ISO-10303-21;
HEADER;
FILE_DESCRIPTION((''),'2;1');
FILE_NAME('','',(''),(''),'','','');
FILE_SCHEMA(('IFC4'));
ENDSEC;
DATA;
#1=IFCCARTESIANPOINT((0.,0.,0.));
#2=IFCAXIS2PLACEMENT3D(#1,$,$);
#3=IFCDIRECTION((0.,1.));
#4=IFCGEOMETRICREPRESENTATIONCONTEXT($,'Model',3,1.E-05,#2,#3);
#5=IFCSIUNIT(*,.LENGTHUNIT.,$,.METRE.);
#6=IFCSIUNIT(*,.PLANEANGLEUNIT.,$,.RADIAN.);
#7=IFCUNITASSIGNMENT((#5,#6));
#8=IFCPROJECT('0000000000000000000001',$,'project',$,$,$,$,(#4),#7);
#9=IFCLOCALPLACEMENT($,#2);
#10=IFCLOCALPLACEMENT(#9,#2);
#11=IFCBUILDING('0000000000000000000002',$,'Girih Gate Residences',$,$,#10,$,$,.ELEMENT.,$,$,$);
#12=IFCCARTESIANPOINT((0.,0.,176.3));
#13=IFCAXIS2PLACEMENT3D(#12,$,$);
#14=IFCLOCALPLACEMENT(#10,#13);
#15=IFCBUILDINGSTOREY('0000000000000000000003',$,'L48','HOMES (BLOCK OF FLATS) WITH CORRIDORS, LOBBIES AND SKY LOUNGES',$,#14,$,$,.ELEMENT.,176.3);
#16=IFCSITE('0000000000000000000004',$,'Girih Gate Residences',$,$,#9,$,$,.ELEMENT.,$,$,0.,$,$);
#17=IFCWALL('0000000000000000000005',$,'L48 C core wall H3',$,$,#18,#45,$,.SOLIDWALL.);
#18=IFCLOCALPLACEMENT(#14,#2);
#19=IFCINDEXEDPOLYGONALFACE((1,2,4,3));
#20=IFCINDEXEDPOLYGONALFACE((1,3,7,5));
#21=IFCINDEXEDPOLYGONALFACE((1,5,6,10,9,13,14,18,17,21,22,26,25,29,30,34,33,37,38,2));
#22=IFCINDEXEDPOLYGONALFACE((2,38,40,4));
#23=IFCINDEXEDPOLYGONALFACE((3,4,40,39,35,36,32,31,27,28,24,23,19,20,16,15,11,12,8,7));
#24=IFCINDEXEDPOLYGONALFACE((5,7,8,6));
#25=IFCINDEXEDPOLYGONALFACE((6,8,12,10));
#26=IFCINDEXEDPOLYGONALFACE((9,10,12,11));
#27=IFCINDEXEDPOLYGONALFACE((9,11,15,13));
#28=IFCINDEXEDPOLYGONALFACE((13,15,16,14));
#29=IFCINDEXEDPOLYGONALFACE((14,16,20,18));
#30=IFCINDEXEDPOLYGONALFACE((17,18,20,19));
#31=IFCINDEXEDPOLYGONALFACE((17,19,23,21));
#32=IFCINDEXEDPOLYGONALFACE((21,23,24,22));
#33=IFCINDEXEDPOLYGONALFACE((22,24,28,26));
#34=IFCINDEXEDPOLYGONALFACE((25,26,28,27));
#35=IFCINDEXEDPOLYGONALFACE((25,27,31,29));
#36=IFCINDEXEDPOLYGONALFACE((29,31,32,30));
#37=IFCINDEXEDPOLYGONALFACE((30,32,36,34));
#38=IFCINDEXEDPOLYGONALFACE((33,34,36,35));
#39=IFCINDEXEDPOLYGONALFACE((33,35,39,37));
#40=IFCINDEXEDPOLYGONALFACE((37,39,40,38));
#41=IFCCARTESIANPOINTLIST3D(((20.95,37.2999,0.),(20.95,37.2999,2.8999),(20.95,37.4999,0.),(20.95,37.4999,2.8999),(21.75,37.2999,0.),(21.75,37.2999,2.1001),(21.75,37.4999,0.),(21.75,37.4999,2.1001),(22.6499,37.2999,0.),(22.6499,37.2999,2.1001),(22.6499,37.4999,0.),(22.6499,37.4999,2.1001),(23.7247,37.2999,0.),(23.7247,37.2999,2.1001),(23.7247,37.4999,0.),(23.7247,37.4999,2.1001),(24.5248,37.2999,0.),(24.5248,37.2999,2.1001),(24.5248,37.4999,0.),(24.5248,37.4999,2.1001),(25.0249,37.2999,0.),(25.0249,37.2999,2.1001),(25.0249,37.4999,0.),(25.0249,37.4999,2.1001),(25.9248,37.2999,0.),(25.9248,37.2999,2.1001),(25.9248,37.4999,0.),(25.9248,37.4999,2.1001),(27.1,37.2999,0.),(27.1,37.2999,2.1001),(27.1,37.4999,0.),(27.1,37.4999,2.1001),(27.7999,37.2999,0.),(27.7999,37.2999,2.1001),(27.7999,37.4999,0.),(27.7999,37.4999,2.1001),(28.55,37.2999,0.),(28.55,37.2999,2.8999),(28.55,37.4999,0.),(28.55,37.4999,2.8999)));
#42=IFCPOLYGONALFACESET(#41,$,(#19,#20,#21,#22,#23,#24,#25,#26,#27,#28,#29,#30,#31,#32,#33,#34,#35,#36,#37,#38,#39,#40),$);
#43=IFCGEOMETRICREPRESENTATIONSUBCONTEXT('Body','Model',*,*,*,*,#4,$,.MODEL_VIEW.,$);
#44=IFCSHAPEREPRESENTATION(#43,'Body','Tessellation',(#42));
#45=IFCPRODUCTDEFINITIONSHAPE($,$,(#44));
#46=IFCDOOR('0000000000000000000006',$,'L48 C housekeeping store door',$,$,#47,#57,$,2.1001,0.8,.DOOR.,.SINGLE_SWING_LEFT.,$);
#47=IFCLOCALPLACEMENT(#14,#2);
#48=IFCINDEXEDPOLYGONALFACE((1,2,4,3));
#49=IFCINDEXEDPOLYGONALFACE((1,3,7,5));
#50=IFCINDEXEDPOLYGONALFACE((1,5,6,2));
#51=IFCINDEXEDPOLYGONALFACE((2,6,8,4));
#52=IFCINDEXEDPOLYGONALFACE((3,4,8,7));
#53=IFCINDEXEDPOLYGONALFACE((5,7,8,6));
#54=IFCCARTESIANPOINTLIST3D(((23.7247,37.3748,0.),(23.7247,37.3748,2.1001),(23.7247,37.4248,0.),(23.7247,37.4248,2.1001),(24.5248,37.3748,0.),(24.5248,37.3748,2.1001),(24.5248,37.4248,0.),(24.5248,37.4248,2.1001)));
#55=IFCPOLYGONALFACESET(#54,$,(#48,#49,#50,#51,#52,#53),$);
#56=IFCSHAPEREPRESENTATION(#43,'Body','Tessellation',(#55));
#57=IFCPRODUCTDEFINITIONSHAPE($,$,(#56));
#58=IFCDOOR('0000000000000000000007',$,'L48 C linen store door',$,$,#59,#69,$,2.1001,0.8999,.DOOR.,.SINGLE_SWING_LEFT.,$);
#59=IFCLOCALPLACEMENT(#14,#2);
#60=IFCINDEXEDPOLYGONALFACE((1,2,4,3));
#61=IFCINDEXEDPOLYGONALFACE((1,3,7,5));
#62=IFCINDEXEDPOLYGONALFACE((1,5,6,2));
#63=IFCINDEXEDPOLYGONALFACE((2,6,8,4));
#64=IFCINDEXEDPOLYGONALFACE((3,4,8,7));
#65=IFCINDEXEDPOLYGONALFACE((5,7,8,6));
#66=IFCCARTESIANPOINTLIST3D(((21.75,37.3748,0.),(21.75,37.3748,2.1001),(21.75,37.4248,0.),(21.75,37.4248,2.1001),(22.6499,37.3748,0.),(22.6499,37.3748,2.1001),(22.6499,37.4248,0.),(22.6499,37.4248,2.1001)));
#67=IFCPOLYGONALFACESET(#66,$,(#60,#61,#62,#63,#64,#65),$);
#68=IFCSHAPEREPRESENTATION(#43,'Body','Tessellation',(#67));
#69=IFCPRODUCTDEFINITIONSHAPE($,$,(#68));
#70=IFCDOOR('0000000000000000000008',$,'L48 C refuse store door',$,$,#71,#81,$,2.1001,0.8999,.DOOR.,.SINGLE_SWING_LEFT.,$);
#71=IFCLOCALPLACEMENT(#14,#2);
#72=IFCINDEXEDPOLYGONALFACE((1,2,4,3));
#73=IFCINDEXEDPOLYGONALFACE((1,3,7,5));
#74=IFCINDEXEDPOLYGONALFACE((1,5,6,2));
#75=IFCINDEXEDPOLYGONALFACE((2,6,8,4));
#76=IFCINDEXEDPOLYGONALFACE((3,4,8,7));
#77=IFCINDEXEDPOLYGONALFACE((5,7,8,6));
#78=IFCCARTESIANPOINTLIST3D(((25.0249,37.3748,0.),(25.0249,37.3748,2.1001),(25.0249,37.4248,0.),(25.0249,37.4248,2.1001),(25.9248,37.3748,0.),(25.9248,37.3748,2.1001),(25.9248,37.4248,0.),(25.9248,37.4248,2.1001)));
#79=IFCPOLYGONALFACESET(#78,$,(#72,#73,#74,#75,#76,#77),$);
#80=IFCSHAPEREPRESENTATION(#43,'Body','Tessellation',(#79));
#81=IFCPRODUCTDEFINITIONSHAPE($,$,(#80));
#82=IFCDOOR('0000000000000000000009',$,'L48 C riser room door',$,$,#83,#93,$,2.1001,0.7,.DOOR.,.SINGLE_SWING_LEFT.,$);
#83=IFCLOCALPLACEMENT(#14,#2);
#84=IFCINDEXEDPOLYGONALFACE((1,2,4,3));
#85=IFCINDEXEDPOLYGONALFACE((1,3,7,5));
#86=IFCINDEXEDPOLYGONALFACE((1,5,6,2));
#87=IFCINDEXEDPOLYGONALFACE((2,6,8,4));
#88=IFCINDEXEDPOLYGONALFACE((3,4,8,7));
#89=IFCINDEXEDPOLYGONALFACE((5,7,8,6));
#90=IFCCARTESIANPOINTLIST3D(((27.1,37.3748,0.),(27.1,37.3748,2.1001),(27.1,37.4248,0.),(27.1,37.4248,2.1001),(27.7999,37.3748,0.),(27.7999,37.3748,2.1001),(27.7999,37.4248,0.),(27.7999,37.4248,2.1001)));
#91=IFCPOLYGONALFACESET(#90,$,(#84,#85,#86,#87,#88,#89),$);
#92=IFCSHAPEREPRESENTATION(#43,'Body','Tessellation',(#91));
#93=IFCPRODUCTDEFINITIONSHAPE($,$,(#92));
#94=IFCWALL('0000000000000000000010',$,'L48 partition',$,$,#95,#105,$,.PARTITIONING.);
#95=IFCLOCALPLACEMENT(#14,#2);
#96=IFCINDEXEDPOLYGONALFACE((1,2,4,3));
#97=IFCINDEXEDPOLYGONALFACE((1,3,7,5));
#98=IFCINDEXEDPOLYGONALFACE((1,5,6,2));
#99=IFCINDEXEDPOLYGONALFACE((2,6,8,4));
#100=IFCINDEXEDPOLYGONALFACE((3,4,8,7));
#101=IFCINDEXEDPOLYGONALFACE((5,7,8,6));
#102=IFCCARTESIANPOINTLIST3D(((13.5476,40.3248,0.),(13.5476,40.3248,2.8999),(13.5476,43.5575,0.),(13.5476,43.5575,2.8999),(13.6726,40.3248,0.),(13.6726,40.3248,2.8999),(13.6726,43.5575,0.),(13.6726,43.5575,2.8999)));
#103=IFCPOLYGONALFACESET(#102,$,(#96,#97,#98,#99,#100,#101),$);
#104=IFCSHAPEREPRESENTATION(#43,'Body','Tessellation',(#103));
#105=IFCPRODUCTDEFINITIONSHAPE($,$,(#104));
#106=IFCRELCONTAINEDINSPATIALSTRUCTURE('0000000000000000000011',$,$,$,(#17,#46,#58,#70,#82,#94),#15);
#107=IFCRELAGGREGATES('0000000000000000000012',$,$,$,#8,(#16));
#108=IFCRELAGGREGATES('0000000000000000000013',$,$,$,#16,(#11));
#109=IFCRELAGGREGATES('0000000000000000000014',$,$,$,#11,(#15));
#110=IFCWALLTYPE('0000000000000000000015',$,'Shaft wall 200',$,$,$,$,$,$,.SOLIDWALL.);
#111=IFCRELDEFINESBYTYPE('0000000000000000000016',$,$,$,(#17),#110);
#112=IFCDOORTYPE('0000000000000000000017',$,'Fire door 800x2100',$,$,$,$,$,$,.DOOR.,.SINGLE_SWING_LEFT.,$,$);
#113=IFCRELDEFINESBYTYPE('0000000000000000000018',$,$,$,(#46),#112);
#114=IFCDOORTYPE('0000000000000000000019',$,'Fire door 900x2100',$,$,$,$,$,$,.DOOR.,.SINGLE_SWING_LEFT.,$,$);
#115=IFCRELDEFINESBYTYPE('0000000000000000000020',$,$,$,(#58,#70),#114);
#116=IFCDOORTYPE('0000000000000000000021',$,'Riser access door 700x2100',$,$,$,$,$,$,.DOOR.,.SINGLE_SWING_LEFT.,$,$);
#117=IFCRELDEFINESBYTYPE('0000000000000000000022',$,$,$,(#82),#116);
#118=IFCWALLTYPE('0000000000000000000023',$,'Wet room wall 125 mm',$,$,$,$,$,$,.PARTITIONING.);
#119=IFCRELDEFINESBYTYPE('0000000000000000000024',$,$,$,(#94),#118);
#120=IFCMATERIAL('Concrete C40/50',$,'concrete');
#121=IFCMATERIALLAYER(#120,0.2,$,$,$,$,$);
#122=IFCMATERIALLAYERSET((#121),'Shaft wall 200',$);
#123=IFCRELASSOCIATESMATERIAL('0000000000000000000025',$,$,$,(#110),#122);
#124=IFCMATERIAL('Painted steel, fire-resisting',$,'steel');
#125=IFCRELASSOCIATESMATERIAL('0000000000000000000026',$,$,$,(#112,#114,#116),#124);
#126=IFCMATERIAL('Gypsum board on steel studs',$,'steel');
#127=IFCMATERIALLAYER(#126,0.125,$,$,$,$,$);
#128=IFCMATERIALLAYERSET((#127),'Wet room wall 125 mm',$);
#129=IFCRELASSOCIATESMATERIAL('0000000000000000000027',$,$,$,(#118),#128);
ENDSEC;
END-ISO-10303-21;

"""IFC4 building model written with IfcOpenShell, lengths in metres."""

from ifc_helpers import new_model, si_unit, direction, frame, frame_2d, origin, place, context, subcontext, project, spatial, rectangle, extrude, material, layer, layer_set, type_object, element, fill, save


model = new_model("IFC4")

# Units and contexts
model_context = context("Model", 3, precision=1e-05, world=origin(), true_north=direction((0.0, 1.0)))
body_context = subcontext(model_context, "Body", "Model", "MODEL_VIEW")
ifc_project = project(units=[si_unit("LENGTHUNIT", "METRE"), si_unit("PLANEANGLEUNIT", "RADIAN")], contexts=[model_context])

# Site, building, storey
site_placement = place(None, origin())
site = spatial("IfcSite", under=ifc_project, at=site_placement, Name="Girih Gate Residences", CompositionType="ELEMENT", RefElevation=0.0)
building_placement = place(site_placement, origin())
building = spatial("IfcBuilding", under=site, at=building_placement, Name="Girih Gate Residences", CompositionType="ELEMENT")
storey_placement = place(building_placement, frame((0.0, 0.0, 176.3)))
storey = spatial("IfcBuildingStorey", under=building, at=storey_placement, Name="L48", Description="HOMES (BLOCK OF FLATS) WITH CORRIDORS, LOBBIES AND SKY LOUNGES", CompositionType="ELEMENT", Elevation=176.3)

# Shared definitions
ifc_material_1 = material(Name="Gypsum board on steel studs", Category="steel")

# Wall, openings, doors
ifc_material_2 = material(Name="Concrete C40/50", Category="concrete")
ifc_layer_1 = layer(ifc_material_2, 0.2)
ifc_layer_set_1 = layer_set([ifc_layer_1], Name="Shaft wall 200")
wall_type_1 = type_object("IfcWallType", Name="Shaft wall 200", PredefinedType="SOLIDWALL", material=ifc_layer_set_1)
ifc_material_3 = material(Name="Painted steel, fire-resisting", Category="steel")
door_type_1 = type_object("IfcDoorType", Name="Fire door 800x2100", OperationType="SINGLE_SWING_LEFT", PredefinedType="DOOR", material=ifc_material_3)
door_type_2 = type_object("IfcDoorType", Name="Fire door 900x2100", OperationType="SINGLE_SWING_LEFT", PredefinedType="DOOR", material=ifc_material_3)
wall_1_placement = place(storey_placement, frame((20.95, 37.3999, 0.0), z_axis=(0.0, 0.0, 1.0), x_axis=(1.0, 0.0, 0.0)))
wall_1 = element("IfcWall", 1, at=wall_1_placement, inside=storey, type_object=wall_type_1, Name="L48 C core wall H3", PredefinedType="SOLIDWALL", context=body_context, shape_type="SweptSolid", body=[
    extrude(rectangle(XDim=7.6001, YDim=0.2, at=frame_2d((3.8, 0.0))), origin(), (0.0, 0.0, 1.0), 2.8999),
])
opening_1_placement = place(wall_1_placement, frame((6.1499, 0.0, 0.0)))
opening_1 = element("IfcOpeningElement", 2, at=opening_1_placement, cuts=wall_1, PredefinedType="OPENING", context=body_context, shape_type="SweptSolid", body=[
    extrude(rectangle(XDim=0.7, YDim=2.1001, at=frame_2d((0.3501, 1.05))), frame((0.0, 0.1099, 0.0), z_axis=(0.0, -1.0, 0.0), x_axis=(1.0, 0.0, 0.0)), (0.0, 0.0, 1.0), 0.22),
])
opening_2_placement = place(wall_1_placement, frame((0.8, 0.0, 0.0)))
opening_2 = element("IfcOpeningElement", 3, at=opening_2_placement, cuts=wall_1, PredefinedType="OPENING", context=body_context, shape_type="SweptSolid", body=[
    extrude(rectangle(XDim=0.8999, YDim=2.1001, at=frame_2d((0.45, 1.05))), frame((0.0, 0.1099, 0.0), z_axis=(0.0, -1.0, 0.0), x_axis=(1.0, 0.0, 0.0)), (0.0, 0.0, 1.0), 0.22),
])
opening_3_placement = place(wall_1_placement, frame((2.7749, 0.0, 0.0)))
opening_3 = element("IfcOpeningElement", 4, at=opening_3_placement, cuts=wall_1, PredefinedType="OPENING", context=body_context, shape_type="SweptSolid", body=[
    extrude(rectangle(XDim=0.8, YDim=2.1001, at=frame_2d((0.3999, 1.05))), frame((0.0, 0.1099, 0.0), z_axis=(0.0, -1.0, 0.0), x_axis=(1.0, 0.0, 0.0)), (0.0, 0.0, 1.0), 0.22),
])
opening_4_placement = place(wall_1_placement, frame((4.075, 0.0, 0.0)))
opening_4 = element("IfcOpeningElement", 5, at=opening_4_placement, cuts=wall_1, PredefinedType="OPENING", context=body_context, shape_type="SweptSolid", body=[
    extrude(rectangle(XDim=0.8999, YDim=2.1001, at=frame_2d((0.45, 1.05))), frame((0.0, 0.1099, 0.0), z_axis=(0.0, -1.0, 0.0), x_axis=(1.0, 0.0, 0.0)), (0.0, 0.0, 1.0), 0.22),
])
door_1_placement = place(opening_3_placement, origin())
door_1 = element("IfcDoor", 6, at=door_1_placement, inside=storey, type_object=door_type_1, Name="L48 C housekeeping store door", OperationType="SINGLE_SWING_LEFT", OverallHeight=2.1001, OverallWidth=0.8, PredefinedType="DOOR", context=body_context, shape_type="SweptSolid", body=[
    extrude(rectangle(XDim=0.8, YDim=2.1001, at=frame_2d((0.3999, 1.05))), frame((0.0, 0.0249, 0.0), z_axis=(0.0, -1.0, 0.0), x_axis=(1.0, 0.0, 0.0)), (0.0, 0.0, 1.0), 0.05),
])
fill(opening_3, door_1)
door_2_placement = place(opening_2_placement, origin())
door_2 = element("IfcDoor", 7, at=door_2_placement, inside=storey, type_object=door_type_2, Name="L48 C linen store door", OperationType="SINGLE_SWING_LEFT", OverallHeight=2.1001, OverallWidth=0.8999, PredefinedType="DOOR", context=body_context, shape_type="SweptSolid", body=[
    extrude(rectangle(XDim=0.8999, YDim=2.1001, at=frame_2d((0.45, 1.05))), frame((0.0, 0.0249, 0.0), z_axis=(0.0, -1.0, 0.0), x_axis=(1.0, 0.0, 0.0)), (0.0, 0.0, 1.0), 0.05),
])
fill(opening_2, door_2)
door_3_placement = place(opening_4_placement, origin())
door_3 = element("IfcDoor", 8, at=door_3_placement, inside=storey, type_object=door_type_2, Name="L48 C refuse store door", OperationType="SINGLE_SWING_LEFT", OverallHeight=2.1001, OverallWidth=0.8999, PredefinedType="DOOR", context=body_context, shape_type="SweptSolid", body=[
    extrude(rectangle(XDim=0.8999, YDim=2.1001, at=frame_2d((0.45, 1.05))), frame((0.0, 0.0249, 0.0), z_axis=(0.0, -1.0, 0.0), x_axis=(1.0, 0.0, 0.0)), (0.0, 0.0, 1.0), 0.05),
])
fill(opening_4, door_3)
door_type_3 = type_object("IfcDoorType", Name="Riser access door 700x2100", OperationType="SINGLE_SWING_LEFT", PredefinedType="DOOR", material=ifc_material_3)
door_4_placement = place(opening_1_placement, origin())
door_4 = element("IfcDoor", 9, at=door_4_placement, inside=storey, type_object=door_type_3, Name="L48 C riser room door", OperationType="SINGLE_SWING_LEFT", OverallHeight=2.1001, OverallWidth=0.7, PredefinedType="DOOR", context=body_context, shape_type="SweptSolid", body=[
    extrude(rectangle(XDim=0.7, YDim=2.1001, at=frame_2d((0.3501, 1.05))), frame((0.0, 0.0249, 0.0), z_axis=(0.0, -1.0, 0.0), x_axis=(1.0, 0.0, 0.0)), (0.0, 0.0, 1.0), 0.05),
])
fill(opening_1, door_4)

# Wall
ifc_layer_2 = layer(ifc_material_1, 0.125)
ifc_layer_set_2 = layer_set([ifc_layer_2], Name="Wet room wall 125 mm")
wall_type_2 = type_object("IfcWallType", Name="Wet room wall 125 mm", PredefinedType="PARTITIONING", material=ifc_layer_set_2)
wall_2_placement = place(storey_placement, frame((13.6101, 40.325, 0.0), z_axis=(0.0, 0.0, 1.0), x_axis=(0.0, 1.0, 0.0)))
element("IfcWall", 10, at=wall_2_placement, inside=storey, type_object=wall_type_2, Name="L48 partition", PredefinedType="PARTITIONING", context=body_context, shape_type="SweptSolid", body=[
    extrude(rectangle(XDim=3.2327, YDim=0.125, at=frame_2d((1.6162, 0.0))), origin(), (0.0, 0.0, 1.0), 2.8999),
])

save(model, "model.ifc")
